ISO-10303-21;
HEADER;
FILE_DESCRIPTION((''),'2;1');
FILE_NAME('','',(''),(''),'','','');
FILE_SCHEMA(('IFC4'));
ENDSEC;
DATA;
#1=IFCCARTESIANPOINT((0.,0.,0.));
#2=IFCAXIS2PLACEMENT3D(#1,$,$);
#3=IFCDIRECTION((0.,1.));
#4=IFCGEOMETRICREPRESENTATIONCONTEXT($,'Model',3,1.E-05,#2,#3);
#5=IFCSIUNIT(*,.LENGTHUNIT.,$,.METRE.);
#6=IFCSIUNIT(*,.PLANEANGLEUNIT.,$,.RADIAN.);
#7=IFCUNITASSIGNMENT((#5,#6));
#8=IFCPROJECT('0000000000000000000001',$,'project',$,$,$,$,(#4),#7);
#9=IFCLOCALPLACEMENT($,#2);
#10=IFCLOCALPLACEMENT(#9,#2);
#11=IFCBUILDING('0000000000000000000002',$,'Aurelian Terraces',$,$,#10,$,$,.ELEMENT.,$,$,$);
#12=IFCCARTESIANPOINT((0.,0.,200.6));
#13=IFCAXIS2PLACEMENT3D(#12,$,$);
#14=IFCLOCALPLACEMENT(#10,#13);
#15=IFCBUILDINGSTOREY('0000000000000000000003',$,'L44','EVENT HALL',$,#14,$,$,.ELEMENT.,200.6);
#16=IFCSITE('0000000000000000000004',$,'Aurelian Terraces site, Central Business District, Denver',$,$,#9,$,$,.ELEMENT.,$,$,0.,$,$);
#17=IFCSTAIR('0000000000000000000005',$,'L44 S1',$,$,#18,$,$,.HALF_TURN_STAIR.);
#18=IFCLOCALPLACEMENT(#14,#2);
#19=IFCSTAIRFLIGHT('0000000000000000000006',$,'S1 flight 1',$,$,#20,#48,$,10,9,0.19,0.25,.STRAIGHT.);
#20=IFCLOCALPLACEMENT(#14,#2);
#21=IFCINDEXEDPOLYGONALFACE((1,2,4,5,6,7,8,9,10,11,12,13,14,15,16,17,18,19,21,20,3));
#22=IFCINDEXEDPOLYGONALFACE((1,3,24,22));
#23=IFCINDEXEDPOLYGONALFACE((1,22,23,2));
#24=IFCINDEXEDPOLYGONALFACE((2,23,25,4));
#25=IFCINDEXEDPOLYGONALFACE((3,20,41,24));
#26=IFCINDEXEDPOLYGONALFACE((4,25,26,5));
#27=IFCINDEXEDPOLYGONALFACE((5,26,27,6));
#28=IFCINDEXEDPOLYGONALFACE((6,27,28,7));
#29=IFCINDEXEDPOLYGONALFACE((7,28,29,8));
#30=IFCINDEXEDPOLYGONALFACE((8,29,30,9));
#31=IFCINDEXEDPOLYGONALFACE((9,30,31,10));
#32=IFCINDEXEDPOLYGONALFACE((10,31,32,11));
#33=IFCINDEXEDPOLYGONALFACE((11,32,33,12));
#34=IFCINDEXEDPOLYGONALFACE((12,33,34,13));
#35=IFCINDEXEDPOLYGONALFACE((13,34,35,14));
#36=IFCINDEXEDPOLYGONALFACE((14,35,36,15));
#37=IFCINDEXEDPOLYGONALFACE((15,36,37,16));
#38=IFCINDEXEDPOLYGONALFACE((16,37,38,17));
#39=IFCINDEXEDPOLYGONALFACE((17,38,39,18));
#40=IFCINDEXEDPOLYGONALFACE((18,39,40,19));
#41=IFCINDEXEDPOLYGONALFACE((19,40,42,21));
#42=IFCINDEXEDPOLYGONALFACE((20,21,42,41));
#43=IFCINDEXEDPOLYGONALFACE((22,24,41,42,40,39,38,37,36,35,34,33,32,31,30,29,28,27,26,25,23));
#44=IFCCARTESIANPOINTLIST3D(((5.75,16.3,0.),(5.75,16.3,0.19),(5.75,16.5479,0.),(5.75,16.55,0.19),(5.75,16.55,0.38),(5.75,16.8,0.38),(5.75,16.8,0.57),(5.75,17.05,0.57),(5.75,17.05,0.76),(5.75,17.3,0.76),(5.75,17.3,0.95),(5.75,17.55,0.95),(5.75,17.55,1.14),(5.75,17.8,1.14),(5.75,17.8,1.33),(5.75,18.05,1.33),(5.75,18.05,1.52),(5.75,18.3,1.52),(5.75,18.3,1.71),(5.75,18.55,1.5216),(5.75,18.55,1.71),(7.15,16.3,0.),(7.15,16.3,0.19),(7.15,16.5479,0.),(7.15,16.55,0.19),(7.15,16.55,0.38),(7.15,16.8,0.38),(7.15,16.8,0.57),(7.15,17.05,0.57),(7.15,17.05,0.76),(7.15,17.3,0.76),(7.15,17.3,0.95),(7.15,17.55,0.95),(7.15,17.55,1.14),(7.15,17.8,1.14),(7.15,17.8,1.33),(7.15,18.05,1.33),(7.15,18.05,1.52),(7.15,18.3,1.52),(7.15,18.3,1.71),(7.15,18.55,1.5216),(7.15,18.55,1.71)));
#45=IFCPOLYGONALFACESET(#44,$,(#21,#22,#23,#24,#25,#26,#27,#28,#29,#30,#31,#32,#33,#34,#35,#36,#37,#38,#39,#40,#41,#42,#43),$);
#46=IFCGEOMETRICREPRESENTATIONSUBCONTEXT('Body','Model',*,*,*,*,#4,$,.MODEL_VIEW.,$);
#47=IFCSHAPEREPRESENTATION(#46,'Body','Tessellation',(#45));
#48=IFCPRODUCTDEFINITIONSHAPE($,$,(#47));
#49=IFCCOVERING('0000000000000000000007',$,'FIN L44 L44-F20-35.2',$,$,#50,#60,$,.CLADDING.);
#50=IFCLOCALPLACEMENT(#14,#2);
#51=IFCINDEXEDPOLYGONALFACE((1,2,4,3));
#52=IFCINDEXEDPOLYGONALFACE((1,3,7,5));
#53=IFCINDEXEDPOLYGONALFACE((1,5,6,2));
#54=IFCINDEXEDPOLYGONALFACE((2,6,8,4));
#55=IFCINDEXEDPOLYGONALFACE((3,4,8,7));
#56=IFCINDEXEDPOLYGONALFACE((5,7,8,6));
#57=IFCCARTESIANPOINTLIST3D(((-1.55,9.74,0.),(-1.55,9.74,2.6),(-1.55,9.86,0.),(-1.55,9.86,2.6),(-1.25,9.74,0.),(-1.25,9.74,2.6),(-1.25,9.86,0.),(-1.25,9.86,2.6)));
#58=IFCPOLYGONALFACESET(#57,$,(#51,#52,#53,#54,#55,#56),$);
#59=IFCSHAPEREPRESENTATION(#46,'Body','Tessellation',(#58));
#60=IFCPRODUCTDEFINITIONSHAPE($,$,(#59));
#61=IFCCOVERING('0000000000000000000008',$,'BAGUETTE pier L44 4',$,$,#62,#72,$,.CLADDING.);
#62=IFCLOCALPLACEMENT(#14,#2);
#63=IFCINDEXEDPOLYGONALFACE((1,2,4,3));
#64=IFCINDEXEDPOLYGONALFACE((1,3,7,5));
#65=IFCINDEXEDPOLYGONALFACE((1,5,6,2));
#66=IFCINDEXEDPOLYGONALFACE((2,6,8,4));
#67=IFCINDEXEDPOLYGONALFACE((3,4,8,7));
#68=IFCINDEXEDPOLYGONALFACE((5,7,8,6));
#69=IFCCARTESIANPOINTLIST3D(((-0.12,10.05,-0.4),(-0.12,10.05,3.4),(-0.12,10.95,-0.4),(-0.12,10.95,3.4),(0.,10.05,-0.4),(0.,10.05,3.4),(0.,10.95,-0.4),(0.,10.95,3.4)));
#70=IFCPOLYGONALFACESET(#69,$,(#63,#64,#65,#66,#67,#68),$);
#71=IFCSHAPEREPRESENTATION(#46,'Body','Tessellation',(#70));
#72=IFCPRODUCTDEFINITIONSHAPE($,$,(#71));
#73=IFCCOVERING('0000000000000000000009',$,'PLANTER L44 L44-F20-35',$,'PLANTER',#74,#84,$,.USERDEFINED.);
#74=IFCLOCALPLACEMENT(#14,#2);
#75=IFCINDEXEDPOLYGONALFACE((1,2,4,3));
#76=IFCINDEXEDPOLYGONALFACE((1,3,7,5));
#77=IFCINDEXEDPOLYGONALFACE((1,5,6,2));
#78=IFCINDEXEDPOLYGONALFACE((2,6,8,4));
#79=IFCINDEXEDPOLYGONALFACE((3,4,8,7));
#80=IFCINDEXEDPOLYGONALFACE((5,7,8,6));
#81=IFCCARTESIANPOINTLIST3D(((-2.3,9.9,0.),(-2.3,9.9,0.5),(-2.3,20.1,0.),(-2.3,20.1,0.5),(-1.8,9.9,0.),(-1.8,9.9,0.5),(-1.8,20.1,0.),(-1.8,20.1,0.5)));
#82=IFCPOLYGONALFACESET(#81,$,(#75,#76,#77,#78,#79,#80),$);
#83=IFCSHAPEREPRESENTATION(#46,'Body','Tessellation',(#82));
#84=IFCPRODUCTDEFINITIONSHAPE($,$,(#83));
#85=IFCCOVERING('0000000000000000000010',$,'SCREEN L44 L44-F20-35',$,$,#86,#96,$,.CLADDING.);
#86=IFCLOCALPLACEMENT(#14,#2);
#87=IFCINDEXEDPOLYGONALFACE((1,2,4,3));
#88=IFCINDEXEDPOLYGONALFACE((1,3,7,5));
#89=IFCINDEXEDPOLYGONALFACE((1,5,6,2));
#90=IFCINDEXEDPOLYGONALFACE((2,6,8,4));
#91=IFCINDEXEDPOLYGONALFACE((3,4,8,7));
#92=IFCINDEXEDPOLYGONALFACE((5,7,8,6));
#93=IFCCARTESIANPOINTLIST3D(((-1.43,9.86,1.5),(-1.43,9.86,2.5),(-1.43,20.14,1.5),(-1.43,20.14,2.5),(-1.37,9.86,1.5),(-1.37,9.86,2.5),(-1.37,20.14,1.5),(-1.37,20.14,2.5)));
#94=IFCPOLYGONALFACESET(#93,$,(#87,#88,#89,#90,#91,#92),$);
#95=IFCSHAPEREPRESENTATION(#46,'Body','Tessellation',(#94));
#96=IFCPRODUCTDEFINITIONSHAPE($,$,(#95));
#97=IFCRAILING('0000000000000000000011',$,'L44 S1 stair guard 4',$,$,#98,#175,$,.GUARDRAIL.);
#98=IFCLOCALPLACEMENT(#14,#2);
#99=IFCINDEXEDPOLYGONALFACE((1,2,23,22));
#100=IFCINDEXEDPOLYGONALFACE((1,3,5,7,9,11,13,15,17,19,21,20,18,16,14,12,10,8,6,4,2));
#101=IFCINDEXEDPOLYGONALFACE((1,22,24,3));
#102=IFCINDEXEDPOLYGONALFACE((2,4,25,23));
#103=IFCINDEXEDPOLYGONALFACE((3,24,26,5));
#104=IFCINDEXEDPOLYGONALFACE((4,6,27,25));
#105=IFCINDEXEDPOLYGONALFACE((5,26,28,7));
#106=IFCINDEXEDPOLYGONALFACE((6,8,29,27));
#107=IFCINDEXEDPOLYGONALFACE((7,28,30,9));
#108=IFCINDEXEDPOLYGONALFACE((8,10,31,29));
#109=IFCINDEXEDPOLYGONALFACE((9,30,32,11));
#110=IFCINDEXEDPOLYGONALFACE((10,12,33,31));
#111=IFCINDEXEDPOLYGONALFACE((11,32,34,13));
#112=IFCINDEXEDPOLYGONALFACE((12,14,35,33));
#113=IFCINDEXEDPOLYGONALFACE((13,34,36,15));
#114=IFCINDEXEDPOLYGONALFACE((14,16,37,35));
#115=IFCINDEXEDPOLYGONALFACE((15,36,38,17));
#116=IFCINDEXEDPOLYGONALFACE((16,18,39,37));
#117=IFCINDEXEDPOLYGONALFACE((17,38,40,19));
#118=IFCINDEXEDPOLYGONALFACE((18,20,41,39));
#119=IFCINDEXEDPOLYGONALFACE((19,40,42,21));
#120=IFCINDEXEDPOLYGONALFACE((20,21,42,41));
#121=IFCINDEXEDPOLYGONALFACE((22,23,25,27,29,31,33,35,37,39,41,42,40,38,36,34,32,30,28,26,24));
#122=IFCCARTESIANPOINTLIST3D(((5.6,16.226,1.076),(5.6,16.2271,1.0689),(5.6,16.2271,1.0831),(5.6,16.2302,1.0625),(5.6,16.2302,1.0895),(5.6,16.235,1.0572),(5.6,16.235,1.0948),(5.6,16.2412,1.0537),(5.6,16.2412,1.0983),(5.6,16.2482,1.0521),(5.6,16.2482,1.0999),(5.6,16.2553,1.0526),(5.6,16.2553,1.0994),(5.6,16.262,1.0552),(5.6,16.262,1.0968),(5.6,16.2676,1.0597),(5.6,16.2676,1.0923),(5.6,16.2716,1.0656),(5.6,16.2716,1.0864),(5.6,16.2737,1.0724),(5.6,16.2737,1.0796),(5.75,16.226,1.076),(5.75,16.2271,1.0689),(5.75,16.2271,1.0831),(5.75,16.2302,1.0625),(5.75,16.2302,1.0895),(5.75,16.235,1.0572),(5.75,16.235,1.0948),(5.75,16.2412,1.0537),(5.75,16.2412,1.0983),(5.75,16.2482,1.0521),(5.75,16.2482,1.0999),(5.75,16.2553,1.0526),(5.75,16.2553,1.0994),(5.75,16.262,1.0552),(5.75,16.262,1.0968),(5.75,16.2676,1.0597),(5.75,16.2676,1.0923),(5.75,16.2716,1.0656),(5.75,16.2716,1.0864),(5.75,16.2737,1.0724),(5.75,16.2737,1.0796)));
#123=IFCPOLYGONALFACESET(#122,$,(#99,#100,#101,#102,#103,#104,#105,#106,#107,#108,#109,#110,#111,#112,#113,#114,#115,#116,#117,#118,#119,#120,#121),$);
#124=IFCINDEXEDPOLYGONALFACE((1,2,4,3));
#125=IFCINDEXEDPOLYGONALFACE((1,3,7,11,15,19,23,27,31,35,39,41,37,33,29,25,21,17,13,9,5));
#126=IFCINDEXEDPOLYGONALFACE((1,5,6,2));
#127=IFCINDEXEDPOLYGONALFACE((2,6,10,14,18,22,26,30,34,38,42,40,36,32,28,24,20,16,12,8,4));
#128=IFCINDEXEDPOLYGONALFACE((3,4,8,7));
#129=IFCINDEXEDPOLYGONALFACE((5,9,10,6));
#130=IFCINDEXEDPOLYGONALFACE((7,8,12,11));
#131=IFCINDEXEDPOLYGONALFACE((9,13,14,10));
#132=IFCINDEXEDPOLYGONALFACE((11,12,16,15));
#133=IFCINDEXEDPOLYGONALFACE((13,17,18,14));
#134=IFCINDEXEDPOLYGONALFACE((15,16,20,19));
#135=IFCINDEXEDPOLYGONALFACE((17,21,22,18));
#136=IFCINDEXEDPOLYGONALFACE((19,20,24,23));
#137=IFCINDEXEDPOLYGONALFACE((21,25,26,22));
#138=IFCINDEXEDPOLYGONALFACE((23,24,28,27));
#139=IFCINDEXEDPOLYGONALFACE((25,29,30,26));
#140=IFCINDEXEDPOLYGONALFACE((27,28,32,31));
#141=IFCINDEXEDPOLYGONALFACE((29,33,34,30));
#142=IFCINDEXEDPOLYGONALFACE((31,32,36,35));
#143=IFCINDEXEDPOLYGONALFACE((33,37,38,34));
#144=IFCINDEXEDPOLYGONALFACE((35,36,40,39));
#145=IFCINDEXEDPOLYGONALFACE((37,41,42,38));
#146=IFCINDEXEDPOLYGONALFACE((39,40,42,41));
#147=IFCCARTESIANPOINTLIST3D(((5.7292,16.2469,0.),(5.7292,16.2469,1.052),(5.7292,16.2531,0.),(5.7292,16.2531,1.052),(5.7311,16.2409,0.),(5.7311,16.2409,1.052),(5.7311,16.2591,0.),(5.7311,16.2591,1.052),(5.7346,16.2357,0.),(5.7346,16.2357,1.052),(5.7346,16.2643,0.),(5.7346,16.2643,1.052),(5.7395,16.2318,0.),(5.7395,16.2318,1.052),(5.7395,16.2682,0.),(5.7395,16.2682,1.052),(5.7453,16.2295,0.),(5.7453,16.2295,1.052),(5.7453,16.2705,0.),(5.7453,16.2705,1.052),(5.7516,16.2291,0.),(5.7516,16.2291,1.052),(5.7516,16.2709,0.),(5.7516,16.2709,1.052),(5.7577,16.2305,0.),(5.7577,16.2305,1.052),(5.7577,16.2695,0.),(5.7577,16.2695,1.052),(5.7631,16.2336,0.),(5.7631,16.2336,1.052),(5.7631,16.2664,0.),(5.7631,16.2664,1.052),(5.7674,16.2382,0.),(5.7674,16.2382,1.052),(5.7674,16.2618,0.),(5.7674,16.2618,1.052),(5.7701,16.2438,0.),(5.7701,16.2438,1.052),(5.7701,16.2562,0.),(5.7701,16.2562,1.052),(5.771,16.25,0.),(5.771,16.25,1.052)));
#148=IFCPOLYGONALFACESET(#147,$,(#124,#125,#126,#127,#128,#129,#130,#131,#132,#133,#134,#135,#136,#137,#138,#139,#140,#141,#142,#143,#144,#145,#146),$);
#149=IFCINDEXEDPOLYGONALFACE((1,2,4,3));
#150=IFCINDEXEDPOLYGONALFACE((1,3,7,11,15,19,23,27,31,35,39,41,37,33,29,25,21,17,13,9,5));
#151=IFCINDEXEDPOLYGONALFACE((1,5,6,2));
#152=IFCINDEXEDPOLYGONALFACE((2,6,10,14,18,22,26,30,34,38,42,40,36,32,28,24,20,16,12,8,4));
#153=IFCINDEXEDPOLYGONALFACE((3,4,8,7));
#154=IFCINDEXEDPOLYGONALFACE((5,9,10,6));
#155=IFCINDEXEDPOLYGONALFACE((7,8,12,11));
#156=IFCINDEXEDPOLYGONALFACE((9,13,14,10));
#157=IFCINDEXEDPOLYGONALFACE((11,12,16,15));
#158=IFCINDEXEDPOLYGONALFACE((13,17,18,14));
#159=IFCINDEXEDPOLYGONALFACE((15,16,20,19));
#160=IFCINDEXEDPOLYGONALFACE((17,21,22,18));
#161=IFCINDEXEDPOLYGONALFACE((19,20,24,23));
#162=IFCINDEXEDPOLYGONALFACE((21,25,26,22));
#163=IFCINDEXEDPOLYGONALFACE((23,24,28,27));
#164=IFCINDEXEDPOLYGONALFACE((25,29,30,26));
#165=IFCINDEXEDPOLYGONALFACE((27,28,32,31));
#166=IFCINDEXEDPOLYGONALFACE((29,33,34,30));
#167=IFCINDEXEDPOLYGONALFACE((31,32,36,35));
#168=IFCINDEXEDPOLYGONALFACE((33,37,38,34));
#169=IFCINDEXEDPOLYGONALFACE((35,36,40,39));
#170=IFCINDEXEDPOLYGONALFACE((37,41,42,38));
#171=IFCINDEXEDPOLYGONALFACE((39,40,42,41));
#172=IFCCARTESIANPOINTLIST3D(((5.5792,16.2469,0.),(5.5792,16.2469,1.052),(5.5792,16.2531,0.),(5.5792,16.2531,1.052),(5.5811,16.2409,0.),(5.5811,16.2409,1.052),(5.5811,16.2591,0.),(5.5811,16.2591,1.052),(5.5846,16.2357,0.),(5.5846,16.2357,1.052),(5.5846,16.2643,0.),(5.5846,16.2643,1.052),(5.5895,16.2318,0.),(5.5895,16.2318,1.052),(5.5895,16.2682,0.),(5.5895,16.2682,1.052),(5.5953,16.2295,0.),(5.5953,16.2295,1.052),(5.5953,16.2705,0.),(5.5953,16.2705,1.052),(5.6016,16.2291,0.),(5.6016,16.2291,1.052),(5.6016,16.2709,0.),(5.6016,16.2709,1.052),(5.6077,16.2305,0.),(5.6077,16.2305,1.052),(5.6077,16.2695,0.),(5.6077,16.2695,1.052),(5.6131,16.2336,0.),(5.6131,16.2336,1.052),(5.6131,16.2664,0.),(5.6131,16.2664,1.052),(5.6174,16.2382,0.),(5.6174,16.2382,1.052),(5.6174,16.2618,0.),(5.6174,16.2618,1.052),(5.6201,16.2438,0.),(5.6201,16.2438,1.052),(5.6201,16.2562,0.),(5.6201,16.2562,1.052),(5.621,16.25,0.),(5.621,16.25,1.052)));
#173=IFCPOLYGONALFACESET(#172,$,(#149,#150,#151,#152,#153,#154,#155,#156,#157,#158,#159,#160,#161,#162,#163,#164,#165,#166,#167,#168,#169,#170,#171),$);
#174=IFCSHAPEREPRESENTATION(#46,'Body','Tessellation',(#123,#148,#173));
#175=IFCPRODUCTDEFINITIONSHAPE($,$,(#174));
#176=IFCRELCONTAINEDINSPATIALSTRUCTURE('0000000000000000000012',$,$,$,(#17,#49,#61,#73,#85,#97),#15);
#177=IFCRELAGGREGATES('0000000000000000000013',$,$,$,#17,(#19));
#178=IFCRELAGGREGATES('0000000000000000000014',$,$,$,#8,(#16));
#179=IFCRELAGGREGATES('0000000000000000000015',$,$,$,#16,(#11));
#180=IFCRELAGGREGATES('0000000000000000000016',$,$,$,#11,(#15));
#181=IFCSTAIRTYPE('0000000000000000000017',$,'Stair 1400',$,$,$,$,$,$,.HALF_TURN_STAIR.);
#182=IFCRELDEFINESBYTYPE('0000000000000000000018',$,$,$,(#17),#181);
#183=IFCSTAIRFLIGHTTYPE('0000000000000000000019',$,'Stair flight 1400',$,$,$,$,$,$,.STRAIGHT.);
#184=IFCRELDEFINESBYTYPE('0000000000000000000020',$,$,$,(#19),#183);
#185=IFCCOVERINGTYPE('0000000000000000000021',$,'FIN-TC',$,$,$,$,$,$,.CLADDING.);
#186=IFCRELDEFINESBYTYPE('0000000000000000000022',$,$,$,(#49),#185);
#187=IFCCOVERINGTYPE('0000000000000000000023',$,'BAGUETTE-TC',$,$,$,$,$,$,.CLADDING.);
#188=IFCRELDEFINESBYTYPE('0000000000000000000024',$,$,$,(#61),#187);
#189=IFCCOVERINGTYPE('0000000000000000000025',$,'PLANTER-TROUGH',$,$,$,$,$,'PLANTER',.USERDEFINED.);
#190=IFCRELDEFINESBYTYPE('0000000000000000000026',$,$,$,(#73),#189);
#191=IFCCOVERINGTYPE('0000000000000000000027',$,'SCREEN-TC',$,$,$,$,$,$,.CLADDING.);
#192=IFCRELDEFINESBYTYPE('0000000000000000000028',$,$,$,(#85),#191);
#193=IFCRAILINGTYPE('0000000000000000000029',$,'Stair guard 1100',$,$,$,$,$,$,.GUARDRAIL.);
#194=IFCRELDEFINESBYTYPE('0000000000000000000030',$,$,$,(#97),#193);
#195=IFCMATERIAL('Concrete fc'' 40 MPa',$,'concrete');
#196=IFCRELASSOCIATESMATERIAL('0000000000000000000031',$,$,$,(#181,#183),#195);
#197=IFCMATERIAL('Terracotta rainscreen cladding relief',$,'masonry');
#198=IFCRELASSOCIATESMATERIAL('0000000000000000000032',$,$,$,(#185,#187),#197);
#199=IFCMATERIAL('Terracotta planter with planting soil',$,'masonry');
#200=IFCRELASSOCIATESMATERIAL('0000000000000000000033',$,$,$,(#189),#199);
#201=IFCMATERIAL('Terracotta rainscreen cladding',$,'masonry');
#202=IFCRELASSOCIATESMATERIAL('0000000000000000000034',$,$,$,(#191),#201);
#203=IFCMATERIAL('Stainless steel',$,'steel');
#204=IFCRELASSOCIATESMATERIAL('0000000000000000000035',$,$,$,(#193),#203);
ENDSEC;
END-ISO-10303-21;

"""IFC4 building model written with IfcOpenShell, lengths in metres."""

from ifc_helpers import new_model, si_unit, direction, frame, origin, origin_2d, place, context, subcontext, project, spatial, polyline, rectangle, circle, outline, extrude, source, transform, mapped, material, type_object, element, aggregate, save


model = new_model("IFC4")

# Units and contexts
model_context = context("Model", 3, precision=1e-05, world=origin(), true_north=direction((0.0, 1.0)))
body_context = subcontext(model_context, "Body", "Model", "MODEL_VIEW")
ifc_project = project(units=[si_unit("LENGTHUNIT", "METRE"), si_unit("PLANEANGLEUNIT", "RADIAN")], contexts=[model_context])

# Site, building, storey
site_placement = place(None, origin())
site = spatial("IfcSite", under=ifc_project, at=site_placement, Name="Aurelian Terraces site, Central Business District, Denver", CompositionType="ELEMENT", RefElevation=0.0)
building_placement = place(site_placement, origin())
building = spatial("IfcBuilding", under=site, at=building_placement, Name="Aurelian Terraces", CompositionType="ELEMENT")
storey_placement = place(building_placement, frame((0.0, 0.0, 200.6)))
storey = spatial("IfcBuildingStorey", under=building, at=storey_placement, Name="L44", Description="EVENT HALL", CompositionType="ELEMENT", Elevation=200.6)

# Shared definitions
ifc_material_1 = material(Name="Terracotta rainscreen cladding", Category="masonry")

# Shared definitions
ifc_material_2 = material(Name="Concrete fc' 40 MPa", Category="concrete")

# Shared definitions
ifc_material_3 = material(Name="Stainless steel", Category="steel")

# Stair, stair flight
stair_type = type_object("IfcStairType", Name="Stair 1400", PredefinedType="HALF_TURN_STAIR", material=ifc_material_2)
stair_placement = place(storey_placement, origin())
stair = element("IfcStair", 1, at=stair_placement, inside=storey, type_object=stair_type, Name="L44 S1", PredefinedType="HALF_TURN_STAIR")
stair_flight_type = type_object("IfcStairFlightType", Name="Stair flight 1400", PredefinedType="STRAIGHT", material=ifc_material_2)
shared_shape_1 = source(origin(), body_context, "Body", "SweptSolid", [
    extrude(outline(polyline([(0.0, 0.0), (0.0, 0.19), (0.25, 0.19), (0.25, 0.38), (0.5, 0.38), (0.5, 0.57), (0.75, 0.57), (0.75, 0.76), (1.0, 0.76), (1.0, 0.95), (1.25, 0.95), (1.25, 1.14), (1.5, 1.14), (1.5, 1.33), (1.75, 1.33), (1.75, 1.52), (2.0, 1.52), (2.0, 1.71), (2.25, 1.71), (2.25, 1.9), (2.25, 1.5216), (0.2479, 0.0), (0.0, 0.0)])), frame((0.0, 0.7, 0.0), z_axis=(0.0, -1.0, 0.0), x_axis=(1.0, 0.0, 0.0)), (0.0, 0.0, 1.0), 1.4),
])
stair_flight_placement = place(storey_placement, frame((6.45, 16.3, 0.0), z_axis=(0.0, 0.0, 1.0), x_axis=(0.0, 1.0, 0.0)))
stair_flight = element("IfcStairFlight", 2, at=stair_flight_placement, type_object=stair_flight_type, Name="S1 flight 1", NumberOfRisers=10, NumberOfTreads=9, PredefinedType="STRAIGHT", RiserHeight=0.19, TreadLength=0.25, context=body_context, shape_type="MappedRepresentation", body=[
    mapped(shared_shape_1, transform((0.0, 0.0, 0.0), scale=1.0)),
])
aggregate(stair, [stair_flight])

# Coverings
ifc_material_4 = material(Name="Terracotta rainscreen cladding relief", Category="masonry")
covering_type_1 = type_object("IfcCoveringType", Name="FIN-TC", PredefinedType="CLADDING", material=ifc_material_4)
shared_shape_2 = source(origin(), body_context, "Body", "SweptSolid", [
    extrude(rectangle(XDim=0.3, YDim=0.12, at=origin_2d()), origin(), (0.0, 0.0, 1.0), 2.6),
])
covering_1_placement = place(storey_placement, frame((-1.4, 9.8, 0.0), z_axis=(0.0, 0.0, 1.0), x_axis=(1.0, 0.0, 0.0)))
element("IfcCovering", 3, at=covering_1_placement, inside=storey, type_object=covering_type_1, Name="FIN L44 L44-F20-35.2", PredefinedType="CLADDING", context=body_context, shape_type="MappedRepresentation", body=[
    mapped(shared_shape_2, transform((0.0, 0.0, 0.0), scale=1.0)),
])
covering_type_2 = type_object("IfcCoveringType", Name="BAGUETTE-TC", PredefinedType="CLADDING", material=ifc_material_4)
shared_shape_3 = source(origin(), body_context, "Body", "SweptSolid", [
    extrude(rectangle(XDim=0.12, YDim=0.9, at=origin_2d()), origin(), (0.0, 0.0, 1.0), 3.8),
])
covering_2_placement = place(storey_placement, frame((-0.06, 10.5, -0.4), z_axis=(0.0, 0.0, 1.0), x_axis=(1.0, 0.0, 0.0)))
element("IfcCovering", 4, at=covering_2_placement, inside=storey, type_object=covering_type_2, Name="BAGUETTE pier L44 4", PredefinedType="CLADDING", context=body_context, shape_type="MappedRepresentation", body=[
    mapped(shared_shape_3, transform((0.0, 0.0, 0.0), scale=1.0)),
])
ifc_material_5 = material(Name="Terracotta planter with planting soil", Category="masonry")
covering_type_3 = type_object("IfcCoveringType", Name="PLANTER-TROUGH", ElementType="PLANTER", PredefinedType="USERDEFINED", material=ifc_material_5)
shared_shape_4 = source(origin(), body_context, "Body", "SweptSolid", [
    extrude(rectangle(XDim=0.5, YDim=10.2, at=origin_2d()), origin(), (0.0, 0.0, 1.0), 0.5),
])
covering_3_placement = place(storey_placement, frame((-2.05, 15.0, 0.0), z_axis=(0.0, 0.0, 1.0), x_axis=(1.0, 0.0, 0.0)))
element("IfcCovering", 5, at=covering_3_placement, inside=storey, type_object=covering_type_3, Name="PLANTER L44 L44-F20-35", ObjectType="PLANTER", PredefinedType="USERDEFINED", context=body_context, shape_type="MappedRepresentation", body=[
    mapped(shared_shape_4, transform((0.0, 0.0, 0.0), scale=1.0)),
])
covering_type_4 = type_object("IfcCoveringType", Name="SCREEN-TC", PredefinedType="CLADDING", material=ifc_material_1)
shared_shape_5 = source(origin(), body_context, "Body", "SweptSolid", [
    extrude(rectangle(XDim=0.06, YDim=10.28, at=origin_2d()), origin(), (0.0, 0.0, 1.0), 1.0),
])
covering_4_placement = place(storey_placement, frame((-1.4, 15.0, 1.5), z_axis=(0.0, 0.0, 1.0), x_axis=(1.0, 0.0, 0.0)))
element("IfcCovering", 6, at=covering_4_placement, inside=storey, type_object=covering_type_4, Name="SCREEN L44 L44-F20-35", PredefinedType="CLADDING", context=body_context, shape_type="MappedRepresentation", body=[
    mapped(shared_shape_5, transform((0.0, 0.0, 0.0), scale=1.0)),
])

# Railing
railing_type_1 = type_object("IfcRailingType", Name="Stair guard 1100", PredefinedType="GUARDRAIL", material=ifc_material_3)
shared_shape_6 = source(origin(), body_context, "Body", "SweptSolid", [
    extrude(circle(Radius=0.024, at=origin_2d()), frame((0.0, 0.0, 1.076), z_axis=(-1.0, 0.0, 0.0), x_axis=(0.0, -1.0, 0.0)), (0.0, 0.0, 1.0), 0.15),
    extrude(circle(Radius=0.021, at=origin_2d()), origin(), (0.0, 0.0, 1.0), 1.052),
    extrude(circle(Radius=0.021, at=origin_2d()), frame((-0.15, 0.0, 0.0)), (0.0, 0.0, 1.0), 1.052),
])
railing_1_placement = place(storey_placement, frame((5.75, 16.25, 0.0)))
element("IfcRailing", 7, at=railing_1_placement, inside=storey, type_object=railing_type_1, Name="L44 S1 stair guard 4", PredefinedType="GUARDRAIL", context=body_context, shape_type="MappedRepresentation", body=[
    mapped(shared_shape_6, transform((0.0, 0.0, 0.0), scale=1.0)),
])

save(model, "model.ifc")
